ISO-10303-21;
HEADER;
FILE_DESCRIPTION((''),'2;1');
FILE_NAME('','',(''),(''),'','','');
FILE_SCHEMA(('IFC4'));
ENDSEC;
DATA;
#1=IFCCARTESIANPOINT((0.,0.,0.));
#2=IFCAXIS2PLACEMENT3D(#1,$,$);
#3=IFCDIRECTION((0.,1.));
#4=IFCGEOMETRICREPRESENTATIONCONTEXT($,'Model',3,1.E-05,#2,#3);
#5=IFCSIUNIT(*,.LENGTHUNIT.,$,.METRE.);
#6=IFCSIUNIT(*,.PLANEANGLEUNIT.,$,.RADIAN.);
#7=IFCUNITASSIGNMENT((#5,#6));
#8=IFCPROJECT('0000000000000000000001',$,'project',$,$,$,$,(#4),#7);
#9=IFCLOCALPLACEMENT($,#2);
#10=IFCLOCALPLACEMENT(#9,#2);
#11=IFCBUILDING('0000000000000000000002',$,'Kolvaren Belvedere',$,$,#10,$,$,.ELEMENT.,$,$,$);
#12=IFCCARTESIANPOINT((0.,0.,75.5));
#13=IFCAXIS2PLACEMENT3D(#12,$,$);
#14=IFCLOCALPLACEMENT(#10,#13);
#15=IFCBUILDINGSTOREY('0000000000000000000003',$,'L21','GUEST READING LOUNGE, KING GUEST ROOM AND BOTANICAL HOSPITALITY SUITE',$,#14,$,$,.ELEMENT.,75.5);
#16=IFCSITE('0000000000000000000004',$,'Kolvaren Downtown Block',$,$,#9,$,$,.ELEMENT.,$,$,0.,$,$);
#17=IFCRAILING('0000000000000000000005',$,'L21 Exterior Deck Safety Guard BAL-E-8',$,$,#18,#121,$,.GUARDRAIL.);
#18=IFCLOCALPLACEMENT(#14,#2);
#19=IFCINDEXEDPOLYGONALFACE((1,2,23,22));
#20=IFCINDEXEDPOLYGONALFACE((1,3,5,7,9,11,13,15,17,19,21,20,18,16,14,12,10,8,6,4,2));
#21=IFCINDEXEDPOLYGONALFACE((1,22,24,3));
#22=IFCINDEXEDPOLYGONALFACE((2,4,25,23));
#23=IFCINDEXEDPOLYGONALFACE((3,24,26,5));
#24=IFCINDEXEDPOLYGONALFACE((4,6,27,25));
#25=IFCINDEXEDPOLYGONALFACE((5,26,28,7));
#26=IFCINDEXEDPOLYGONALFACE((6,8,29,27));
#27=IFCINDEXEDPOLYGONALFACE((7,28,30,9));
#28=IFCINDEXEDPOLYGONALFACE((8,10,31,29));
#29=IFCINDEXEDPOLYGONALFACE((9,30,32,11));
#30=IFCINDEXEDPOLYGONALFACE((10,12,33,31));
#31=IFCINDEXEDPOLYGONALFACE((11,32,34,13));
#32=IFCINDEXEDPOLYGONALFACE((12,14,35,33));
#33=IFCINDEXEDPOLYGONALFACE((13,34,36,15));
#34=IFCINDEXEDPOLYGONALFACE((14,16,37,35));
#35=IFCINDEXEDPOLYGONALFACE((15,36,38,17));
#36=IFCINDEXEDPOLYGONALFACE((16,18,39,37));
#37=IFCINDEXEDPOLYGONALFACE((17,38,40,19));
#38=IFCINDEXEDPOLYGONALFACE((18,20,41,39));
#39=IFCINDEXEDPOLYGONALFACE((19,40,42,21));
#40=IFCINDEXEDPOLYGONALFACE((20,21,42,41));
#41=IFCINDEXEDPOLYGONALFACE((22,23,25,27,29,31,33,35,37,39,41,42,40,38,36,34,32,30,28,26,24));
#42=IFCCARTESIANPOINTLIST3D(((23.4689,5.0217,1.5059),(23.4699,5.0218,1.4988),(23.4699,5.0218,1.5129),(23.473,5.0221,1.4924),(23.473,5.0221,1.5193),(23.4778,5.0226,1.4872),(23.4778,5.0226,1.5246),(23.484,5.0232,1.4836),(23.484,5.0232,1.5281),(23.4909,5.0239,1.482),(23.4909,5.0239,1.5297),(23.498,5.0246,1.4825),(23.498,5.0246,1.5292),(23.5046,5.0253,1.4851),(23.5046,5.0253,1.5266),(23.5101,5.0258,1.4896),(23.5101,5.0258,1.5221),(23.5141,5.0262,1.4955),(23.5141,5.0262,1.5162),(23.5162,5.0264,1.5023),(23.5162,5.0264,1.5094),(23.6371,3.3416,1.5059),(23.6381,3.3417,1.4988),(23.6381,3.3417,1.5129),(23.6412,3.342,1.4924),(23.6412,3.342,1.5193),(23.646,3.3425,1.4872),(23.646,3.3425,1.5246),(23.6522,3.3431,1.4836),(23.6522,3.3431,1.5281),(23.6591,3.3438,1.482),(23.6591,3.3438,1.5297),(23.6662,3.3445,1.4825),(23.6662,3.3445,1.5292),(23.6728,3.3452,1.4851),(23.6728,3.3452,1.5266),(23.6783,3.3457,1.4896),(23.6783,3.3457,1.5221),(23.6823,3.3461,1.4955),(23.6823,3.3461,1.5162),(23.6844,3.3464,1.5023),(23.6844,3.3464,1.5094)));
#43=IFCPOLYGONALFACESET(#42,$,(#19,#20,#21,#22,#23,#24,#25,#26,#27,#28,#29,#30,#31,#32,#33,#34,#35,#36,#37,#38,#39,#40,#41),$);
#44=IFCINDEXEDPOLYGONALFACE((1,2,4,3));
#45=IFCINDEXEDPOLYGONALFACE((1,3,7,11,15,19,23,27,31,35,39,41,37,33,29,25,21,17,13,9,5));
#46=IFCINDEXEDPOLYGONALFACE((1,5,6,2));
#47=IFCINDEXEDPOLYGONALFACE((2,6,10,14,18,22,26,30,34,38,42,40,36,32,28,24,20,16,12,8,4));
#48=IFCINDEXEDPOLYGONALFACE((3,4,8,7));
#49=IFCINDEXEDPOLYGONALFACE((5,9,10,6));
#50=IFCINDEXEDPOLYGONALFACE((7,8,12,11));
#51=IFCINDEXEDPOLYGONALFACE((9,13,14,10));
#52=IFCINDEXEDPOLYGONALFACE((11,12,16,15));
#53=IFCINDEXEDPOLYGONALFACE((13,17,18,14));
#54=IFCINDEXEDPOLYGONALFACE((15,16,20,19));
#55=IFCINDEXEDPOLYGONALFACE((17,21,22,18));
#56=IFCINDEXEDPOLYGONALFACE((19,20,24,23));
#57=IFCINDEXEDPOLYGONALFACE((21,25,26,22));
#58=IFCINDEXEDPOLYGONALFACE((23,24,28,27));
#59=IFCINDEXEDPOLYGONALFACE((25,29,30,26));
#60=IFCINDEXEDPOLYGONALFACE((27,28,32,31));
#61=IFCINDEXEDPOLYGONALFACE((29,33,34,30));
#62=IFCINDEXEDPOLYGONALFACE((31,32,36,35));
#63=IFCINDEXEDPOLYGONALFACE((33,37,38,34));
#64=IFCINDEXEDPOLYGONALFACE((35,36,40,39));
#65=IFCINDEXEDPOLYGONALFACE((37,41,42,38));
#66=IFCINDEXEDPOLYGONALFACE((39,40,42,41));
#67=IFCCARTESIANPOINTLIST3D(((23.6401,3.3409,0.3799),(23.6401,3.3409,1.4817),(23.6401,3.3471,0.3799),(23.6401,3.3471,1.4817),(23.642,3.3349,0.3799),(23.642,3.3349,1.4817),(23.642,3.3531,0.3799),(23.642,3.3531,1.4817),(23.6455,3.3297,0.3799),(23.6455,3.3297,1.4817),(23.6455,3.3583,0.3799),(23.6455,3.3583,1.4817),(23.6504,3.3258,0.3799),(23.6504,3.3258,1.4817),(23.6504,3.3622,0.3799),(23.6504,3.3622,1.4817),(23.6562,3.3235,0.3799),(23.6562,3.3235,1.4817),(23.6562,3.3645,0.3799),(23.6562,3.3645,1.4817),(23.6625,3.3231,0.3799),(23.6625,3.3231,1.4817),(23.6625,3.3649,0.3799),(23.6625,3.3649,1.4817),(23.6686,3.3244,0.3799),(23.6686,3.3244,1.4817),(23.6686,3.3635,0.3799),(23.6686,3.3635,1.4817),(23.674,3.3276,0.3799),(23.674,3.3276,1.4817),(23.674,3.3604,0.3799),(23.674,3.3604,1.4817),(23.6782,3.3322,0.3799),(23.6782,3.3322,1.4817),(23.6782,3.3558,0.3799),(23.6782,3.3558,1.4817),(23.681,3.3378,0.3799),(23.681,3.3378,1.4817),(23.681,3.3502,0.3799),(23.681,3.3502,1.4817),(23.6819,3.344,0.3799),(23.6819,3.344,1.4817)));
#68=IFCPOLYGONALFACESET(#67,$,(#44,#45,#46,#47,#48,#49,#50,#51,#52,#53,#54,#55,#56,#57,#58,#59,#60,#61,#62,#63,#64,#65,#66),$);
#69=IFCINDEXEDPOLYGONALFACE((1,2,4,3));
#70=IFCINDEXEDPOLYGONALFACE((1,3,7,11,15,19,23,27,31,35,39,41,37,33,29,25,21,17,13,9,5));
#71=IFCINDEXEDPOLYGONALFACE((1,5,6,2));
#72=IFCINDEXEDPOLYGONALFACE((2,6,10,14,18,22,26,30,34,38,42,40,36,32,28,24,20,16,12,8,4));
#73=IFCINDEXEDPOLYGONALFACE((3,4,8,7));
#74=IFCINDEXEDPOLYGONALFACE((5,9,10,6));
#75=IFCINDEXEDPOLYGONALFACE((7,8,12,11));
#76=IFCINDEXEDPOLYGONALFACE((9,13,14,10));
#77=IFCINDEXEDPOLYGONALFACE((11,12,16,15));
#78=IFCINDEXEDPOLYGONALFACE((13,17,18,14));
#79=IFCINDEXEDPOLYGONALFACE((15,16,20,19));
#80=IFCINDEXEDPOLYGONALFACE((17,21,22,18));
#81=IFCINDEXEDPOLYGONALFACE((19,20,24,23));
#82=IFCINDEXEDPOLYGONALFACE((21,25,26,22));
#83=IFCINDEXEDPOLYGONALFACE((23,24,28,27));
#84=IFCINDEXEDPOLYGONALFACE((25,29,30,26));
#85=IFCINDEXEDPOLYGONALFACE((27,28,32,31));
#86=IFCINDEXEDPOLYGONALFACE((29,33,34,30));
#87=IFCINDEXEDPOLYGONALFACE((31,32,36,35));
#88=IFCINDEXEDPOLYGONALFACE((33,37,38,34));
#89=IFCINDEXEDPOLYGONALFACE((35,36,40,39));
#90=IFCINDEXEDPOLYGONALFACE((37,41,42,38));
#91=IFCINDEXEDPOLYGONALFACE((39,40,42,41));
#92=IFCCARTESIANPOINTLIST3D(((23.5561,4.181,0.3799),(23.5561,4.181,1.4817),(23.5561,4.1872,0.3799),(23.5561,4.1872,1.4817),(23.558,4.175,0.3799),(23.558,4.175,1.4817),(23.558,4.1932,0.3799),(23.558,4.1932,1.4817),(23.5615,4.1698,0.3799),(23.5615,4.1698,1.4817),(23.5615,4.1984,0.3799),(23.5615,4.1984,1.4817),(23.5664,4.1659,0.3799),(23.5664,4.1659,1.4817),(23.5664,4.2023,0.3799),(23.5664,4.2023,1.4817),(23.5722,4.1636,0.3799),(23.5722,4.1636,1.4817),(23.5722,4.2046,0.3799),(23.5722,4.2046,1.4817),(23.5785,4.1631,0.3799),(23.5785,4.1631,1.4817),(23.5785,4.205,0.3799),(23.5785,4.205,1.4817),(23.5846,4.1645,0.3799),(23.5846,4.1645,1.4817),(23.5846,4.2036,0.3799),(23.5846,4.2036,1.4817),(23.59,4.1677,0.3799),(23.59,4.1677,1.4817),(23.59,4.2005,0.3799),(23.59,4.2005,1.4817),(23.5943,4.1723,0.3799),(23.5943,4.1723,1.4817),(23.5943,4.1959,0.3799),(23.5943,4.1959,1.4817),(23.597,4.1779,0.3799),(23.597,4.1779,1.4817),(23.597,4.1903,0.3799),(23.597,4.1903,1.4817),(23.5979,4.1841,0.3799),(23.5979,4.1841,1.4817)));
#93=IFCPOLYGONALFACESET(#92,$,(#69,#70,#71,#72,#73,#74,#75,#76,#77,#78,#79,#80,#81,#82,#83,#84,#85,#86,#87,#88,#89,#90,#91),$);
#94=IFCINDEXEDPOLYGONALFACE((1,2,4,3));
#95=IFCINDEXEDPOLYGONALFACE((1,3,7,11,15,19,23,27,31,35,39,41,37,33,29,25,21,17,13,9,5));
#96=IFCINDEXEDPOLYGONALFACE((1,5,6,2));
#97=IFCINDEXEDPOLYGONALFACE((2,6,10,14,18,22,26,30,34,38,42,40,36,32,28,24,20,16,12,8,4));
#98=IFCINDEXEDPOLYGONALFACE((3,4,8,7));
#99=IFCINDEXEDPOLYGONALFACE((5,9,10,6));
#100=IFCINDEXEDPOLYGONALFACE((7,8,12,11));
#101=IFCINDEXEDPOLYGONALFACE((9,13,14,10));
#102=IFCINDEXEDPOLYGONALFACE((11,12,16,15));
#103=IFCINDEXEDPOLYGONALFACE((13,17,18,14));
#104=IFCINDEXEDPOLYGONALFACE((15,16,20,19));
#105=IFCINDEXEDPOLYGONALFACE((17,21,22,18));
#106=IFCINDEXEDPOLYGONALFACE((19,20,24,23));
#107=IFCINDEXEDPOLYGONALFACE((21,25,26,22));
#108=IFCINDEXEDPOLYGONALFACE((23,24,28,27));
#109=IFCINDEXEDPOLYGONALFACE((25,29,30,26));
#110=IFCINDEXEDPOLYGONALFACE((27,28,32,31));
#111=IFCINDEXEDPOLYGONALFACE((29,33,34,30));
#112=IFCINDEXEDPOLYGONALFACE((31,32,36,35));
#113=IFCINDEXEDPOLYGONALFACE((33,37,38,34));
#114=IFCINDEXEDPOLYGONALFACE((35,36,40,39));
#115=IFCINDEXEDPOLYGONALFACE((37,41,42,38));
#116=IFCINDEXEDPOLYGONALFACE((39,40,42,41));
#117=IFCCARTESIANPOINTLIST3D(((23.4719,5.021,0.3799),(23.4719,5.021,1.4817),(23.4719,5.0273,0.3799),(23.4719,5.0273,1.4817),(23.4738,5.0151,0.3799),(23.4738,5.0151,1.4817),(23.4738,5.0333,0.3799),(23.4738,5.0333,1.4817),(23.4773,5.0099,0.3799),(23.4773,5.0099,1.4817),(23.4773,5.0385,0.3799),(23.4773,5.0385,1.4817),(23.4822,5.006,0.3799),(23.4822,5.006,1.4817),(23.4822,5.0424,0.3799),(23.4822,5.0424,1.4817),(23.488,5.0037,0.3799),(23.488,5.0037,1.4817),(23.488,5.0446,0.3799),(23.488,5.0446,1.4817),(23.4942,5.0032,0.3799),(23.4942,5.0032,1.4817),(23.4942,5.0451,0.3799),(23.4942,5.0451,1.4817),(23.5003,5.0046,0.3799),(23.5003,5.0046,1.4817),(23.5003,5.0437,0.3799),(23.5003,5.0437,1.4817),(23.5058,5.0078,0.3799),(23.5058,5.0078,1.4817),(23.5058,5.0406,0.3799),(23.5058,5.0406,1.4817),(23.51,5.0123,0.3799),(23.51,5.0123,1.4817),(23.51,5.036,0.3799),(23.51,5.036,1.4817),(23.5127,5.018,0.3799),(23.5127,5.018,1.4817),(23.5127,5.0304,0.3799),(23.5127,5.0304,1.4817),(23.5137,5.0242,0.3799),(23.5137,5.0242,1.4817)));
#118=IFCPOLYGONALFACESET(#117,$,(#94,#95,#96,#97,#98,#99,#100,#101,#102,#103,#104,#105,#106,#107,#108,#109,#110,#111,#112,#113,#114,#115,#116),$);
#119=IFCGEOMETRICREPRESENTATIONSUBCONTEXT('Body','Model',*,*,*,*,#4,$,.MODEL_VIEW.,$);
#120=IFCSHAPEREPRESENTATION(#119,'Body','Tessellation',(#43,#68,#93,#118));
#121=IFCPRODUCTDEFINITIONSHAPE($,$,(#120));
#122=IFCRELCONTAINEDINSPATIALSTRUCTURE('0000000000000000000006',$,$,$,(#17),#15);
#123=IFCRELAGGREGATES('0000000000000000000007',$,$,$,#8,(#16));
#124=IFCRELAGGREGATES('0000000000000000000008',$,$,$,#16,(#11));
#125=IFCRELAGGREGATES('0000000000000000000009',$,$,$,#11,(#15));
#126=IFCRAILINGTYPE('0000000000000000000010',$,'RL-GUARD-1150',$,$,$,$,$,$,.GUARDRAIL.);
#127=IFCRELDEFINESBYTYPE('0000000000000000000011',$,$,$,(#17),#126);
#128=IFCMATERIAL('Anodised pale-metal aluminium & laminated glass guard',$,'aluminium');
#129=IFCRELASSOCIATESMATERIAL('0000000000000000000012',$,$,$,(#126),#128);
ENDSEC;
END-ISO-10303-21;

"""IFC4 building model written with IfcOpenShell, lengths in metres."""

from ifc_helpers import new_model, si_unit, direction, frame, origin, origin_2d, place, context, subcontext, project, spatial, circle, extrude, material, type_object, element, save


model = new_model("IFC4")

# Units and contexts
model_context = context("Model", 3, precision=1e-05, world=origin(), true_north=direction((0.0, 1.0)))
body_context = subcontext(model_context, "Body", "Model", "MODEL_VIEW")
ifc_project = project(units=[si_unit("LENGTHUNIT", "METRE"), si_unit("PLANEANGLEUNIT", "RADIAN")], contexts=[model_context])

# Site, building, storey
site_placement = place(None, origin())
site = spatial("IfcSite", under=ifc_project, at=site_placement, Name="Kolvaren Downtown Block", CompositionType="ELEMENT", RefElevation=0.0)
building_placement = place(site_placement, origin())
building = spatial("IfcBuilding", under=site, at=building_placement, Name="Kolvaren Belvedere", CompositionType="ELEMENT")
storey_placement = place(building_placement, frame((0.0, 0.0, 75.5)))
storey = spatial("IfcBuildingStorey", under=building, at=storey_placement, Name="L21", Description="GUEST READING LOUNGE, KING GUEST ROOM AND BOTANICAL HOSPITALITY SUITE", CompositionType="ELEMENT", Elevation=75.5)

# Railing
ifc_material_1 = material(Name="Anodised pale-metal aluminium & laminated glass guard", Category="aluminium")
railing_type = type_object("IfcRailingType", Name="RL-GUARD-1150", PredefinedType="GUARDRAIL", material=ifc_material_1)
railing_1_placement = place(storey_placement, frame((23.6609, 3.344, 0.3799)))
element("IfcRailing", 1, at=railing_1_placement, inside=storey, type_object=railing_type, Name="L21 Exterior Deck Safety Guard BAL-E-8", PredefinedType="GUARDRAIL", context=body_context, shape_type="SweptSolid", body=[
    extrude(circle(Radius=0.0239, at=origin_2d()), frame((0.0, 0.0, 1.126), z_axis=(-0.099618, 0.995026, 0.0), x_axis=(-0.995026, -0.099618, 0.0)), (0.0, 0.0, 1.0), 1.6885),
    extrude(circle(Radius=0.021, at=origin_2d()), origin(), (0.0, 0.0, 1.0), 1.1018),
    extrude(circle(Radius=0.021, at=origin_2d()), frame((-0.084, 0.8401, 0.0)), (0.0, 0.0, 1.0), 1.1018),
    extrude(circle(Radius=0.021, at=origin_2d()), frame((-0.1682, 1.6802, 0.0)), (0.0, 0.0, 1.0), 1.1018),
])

save(model, "model.ifc")
